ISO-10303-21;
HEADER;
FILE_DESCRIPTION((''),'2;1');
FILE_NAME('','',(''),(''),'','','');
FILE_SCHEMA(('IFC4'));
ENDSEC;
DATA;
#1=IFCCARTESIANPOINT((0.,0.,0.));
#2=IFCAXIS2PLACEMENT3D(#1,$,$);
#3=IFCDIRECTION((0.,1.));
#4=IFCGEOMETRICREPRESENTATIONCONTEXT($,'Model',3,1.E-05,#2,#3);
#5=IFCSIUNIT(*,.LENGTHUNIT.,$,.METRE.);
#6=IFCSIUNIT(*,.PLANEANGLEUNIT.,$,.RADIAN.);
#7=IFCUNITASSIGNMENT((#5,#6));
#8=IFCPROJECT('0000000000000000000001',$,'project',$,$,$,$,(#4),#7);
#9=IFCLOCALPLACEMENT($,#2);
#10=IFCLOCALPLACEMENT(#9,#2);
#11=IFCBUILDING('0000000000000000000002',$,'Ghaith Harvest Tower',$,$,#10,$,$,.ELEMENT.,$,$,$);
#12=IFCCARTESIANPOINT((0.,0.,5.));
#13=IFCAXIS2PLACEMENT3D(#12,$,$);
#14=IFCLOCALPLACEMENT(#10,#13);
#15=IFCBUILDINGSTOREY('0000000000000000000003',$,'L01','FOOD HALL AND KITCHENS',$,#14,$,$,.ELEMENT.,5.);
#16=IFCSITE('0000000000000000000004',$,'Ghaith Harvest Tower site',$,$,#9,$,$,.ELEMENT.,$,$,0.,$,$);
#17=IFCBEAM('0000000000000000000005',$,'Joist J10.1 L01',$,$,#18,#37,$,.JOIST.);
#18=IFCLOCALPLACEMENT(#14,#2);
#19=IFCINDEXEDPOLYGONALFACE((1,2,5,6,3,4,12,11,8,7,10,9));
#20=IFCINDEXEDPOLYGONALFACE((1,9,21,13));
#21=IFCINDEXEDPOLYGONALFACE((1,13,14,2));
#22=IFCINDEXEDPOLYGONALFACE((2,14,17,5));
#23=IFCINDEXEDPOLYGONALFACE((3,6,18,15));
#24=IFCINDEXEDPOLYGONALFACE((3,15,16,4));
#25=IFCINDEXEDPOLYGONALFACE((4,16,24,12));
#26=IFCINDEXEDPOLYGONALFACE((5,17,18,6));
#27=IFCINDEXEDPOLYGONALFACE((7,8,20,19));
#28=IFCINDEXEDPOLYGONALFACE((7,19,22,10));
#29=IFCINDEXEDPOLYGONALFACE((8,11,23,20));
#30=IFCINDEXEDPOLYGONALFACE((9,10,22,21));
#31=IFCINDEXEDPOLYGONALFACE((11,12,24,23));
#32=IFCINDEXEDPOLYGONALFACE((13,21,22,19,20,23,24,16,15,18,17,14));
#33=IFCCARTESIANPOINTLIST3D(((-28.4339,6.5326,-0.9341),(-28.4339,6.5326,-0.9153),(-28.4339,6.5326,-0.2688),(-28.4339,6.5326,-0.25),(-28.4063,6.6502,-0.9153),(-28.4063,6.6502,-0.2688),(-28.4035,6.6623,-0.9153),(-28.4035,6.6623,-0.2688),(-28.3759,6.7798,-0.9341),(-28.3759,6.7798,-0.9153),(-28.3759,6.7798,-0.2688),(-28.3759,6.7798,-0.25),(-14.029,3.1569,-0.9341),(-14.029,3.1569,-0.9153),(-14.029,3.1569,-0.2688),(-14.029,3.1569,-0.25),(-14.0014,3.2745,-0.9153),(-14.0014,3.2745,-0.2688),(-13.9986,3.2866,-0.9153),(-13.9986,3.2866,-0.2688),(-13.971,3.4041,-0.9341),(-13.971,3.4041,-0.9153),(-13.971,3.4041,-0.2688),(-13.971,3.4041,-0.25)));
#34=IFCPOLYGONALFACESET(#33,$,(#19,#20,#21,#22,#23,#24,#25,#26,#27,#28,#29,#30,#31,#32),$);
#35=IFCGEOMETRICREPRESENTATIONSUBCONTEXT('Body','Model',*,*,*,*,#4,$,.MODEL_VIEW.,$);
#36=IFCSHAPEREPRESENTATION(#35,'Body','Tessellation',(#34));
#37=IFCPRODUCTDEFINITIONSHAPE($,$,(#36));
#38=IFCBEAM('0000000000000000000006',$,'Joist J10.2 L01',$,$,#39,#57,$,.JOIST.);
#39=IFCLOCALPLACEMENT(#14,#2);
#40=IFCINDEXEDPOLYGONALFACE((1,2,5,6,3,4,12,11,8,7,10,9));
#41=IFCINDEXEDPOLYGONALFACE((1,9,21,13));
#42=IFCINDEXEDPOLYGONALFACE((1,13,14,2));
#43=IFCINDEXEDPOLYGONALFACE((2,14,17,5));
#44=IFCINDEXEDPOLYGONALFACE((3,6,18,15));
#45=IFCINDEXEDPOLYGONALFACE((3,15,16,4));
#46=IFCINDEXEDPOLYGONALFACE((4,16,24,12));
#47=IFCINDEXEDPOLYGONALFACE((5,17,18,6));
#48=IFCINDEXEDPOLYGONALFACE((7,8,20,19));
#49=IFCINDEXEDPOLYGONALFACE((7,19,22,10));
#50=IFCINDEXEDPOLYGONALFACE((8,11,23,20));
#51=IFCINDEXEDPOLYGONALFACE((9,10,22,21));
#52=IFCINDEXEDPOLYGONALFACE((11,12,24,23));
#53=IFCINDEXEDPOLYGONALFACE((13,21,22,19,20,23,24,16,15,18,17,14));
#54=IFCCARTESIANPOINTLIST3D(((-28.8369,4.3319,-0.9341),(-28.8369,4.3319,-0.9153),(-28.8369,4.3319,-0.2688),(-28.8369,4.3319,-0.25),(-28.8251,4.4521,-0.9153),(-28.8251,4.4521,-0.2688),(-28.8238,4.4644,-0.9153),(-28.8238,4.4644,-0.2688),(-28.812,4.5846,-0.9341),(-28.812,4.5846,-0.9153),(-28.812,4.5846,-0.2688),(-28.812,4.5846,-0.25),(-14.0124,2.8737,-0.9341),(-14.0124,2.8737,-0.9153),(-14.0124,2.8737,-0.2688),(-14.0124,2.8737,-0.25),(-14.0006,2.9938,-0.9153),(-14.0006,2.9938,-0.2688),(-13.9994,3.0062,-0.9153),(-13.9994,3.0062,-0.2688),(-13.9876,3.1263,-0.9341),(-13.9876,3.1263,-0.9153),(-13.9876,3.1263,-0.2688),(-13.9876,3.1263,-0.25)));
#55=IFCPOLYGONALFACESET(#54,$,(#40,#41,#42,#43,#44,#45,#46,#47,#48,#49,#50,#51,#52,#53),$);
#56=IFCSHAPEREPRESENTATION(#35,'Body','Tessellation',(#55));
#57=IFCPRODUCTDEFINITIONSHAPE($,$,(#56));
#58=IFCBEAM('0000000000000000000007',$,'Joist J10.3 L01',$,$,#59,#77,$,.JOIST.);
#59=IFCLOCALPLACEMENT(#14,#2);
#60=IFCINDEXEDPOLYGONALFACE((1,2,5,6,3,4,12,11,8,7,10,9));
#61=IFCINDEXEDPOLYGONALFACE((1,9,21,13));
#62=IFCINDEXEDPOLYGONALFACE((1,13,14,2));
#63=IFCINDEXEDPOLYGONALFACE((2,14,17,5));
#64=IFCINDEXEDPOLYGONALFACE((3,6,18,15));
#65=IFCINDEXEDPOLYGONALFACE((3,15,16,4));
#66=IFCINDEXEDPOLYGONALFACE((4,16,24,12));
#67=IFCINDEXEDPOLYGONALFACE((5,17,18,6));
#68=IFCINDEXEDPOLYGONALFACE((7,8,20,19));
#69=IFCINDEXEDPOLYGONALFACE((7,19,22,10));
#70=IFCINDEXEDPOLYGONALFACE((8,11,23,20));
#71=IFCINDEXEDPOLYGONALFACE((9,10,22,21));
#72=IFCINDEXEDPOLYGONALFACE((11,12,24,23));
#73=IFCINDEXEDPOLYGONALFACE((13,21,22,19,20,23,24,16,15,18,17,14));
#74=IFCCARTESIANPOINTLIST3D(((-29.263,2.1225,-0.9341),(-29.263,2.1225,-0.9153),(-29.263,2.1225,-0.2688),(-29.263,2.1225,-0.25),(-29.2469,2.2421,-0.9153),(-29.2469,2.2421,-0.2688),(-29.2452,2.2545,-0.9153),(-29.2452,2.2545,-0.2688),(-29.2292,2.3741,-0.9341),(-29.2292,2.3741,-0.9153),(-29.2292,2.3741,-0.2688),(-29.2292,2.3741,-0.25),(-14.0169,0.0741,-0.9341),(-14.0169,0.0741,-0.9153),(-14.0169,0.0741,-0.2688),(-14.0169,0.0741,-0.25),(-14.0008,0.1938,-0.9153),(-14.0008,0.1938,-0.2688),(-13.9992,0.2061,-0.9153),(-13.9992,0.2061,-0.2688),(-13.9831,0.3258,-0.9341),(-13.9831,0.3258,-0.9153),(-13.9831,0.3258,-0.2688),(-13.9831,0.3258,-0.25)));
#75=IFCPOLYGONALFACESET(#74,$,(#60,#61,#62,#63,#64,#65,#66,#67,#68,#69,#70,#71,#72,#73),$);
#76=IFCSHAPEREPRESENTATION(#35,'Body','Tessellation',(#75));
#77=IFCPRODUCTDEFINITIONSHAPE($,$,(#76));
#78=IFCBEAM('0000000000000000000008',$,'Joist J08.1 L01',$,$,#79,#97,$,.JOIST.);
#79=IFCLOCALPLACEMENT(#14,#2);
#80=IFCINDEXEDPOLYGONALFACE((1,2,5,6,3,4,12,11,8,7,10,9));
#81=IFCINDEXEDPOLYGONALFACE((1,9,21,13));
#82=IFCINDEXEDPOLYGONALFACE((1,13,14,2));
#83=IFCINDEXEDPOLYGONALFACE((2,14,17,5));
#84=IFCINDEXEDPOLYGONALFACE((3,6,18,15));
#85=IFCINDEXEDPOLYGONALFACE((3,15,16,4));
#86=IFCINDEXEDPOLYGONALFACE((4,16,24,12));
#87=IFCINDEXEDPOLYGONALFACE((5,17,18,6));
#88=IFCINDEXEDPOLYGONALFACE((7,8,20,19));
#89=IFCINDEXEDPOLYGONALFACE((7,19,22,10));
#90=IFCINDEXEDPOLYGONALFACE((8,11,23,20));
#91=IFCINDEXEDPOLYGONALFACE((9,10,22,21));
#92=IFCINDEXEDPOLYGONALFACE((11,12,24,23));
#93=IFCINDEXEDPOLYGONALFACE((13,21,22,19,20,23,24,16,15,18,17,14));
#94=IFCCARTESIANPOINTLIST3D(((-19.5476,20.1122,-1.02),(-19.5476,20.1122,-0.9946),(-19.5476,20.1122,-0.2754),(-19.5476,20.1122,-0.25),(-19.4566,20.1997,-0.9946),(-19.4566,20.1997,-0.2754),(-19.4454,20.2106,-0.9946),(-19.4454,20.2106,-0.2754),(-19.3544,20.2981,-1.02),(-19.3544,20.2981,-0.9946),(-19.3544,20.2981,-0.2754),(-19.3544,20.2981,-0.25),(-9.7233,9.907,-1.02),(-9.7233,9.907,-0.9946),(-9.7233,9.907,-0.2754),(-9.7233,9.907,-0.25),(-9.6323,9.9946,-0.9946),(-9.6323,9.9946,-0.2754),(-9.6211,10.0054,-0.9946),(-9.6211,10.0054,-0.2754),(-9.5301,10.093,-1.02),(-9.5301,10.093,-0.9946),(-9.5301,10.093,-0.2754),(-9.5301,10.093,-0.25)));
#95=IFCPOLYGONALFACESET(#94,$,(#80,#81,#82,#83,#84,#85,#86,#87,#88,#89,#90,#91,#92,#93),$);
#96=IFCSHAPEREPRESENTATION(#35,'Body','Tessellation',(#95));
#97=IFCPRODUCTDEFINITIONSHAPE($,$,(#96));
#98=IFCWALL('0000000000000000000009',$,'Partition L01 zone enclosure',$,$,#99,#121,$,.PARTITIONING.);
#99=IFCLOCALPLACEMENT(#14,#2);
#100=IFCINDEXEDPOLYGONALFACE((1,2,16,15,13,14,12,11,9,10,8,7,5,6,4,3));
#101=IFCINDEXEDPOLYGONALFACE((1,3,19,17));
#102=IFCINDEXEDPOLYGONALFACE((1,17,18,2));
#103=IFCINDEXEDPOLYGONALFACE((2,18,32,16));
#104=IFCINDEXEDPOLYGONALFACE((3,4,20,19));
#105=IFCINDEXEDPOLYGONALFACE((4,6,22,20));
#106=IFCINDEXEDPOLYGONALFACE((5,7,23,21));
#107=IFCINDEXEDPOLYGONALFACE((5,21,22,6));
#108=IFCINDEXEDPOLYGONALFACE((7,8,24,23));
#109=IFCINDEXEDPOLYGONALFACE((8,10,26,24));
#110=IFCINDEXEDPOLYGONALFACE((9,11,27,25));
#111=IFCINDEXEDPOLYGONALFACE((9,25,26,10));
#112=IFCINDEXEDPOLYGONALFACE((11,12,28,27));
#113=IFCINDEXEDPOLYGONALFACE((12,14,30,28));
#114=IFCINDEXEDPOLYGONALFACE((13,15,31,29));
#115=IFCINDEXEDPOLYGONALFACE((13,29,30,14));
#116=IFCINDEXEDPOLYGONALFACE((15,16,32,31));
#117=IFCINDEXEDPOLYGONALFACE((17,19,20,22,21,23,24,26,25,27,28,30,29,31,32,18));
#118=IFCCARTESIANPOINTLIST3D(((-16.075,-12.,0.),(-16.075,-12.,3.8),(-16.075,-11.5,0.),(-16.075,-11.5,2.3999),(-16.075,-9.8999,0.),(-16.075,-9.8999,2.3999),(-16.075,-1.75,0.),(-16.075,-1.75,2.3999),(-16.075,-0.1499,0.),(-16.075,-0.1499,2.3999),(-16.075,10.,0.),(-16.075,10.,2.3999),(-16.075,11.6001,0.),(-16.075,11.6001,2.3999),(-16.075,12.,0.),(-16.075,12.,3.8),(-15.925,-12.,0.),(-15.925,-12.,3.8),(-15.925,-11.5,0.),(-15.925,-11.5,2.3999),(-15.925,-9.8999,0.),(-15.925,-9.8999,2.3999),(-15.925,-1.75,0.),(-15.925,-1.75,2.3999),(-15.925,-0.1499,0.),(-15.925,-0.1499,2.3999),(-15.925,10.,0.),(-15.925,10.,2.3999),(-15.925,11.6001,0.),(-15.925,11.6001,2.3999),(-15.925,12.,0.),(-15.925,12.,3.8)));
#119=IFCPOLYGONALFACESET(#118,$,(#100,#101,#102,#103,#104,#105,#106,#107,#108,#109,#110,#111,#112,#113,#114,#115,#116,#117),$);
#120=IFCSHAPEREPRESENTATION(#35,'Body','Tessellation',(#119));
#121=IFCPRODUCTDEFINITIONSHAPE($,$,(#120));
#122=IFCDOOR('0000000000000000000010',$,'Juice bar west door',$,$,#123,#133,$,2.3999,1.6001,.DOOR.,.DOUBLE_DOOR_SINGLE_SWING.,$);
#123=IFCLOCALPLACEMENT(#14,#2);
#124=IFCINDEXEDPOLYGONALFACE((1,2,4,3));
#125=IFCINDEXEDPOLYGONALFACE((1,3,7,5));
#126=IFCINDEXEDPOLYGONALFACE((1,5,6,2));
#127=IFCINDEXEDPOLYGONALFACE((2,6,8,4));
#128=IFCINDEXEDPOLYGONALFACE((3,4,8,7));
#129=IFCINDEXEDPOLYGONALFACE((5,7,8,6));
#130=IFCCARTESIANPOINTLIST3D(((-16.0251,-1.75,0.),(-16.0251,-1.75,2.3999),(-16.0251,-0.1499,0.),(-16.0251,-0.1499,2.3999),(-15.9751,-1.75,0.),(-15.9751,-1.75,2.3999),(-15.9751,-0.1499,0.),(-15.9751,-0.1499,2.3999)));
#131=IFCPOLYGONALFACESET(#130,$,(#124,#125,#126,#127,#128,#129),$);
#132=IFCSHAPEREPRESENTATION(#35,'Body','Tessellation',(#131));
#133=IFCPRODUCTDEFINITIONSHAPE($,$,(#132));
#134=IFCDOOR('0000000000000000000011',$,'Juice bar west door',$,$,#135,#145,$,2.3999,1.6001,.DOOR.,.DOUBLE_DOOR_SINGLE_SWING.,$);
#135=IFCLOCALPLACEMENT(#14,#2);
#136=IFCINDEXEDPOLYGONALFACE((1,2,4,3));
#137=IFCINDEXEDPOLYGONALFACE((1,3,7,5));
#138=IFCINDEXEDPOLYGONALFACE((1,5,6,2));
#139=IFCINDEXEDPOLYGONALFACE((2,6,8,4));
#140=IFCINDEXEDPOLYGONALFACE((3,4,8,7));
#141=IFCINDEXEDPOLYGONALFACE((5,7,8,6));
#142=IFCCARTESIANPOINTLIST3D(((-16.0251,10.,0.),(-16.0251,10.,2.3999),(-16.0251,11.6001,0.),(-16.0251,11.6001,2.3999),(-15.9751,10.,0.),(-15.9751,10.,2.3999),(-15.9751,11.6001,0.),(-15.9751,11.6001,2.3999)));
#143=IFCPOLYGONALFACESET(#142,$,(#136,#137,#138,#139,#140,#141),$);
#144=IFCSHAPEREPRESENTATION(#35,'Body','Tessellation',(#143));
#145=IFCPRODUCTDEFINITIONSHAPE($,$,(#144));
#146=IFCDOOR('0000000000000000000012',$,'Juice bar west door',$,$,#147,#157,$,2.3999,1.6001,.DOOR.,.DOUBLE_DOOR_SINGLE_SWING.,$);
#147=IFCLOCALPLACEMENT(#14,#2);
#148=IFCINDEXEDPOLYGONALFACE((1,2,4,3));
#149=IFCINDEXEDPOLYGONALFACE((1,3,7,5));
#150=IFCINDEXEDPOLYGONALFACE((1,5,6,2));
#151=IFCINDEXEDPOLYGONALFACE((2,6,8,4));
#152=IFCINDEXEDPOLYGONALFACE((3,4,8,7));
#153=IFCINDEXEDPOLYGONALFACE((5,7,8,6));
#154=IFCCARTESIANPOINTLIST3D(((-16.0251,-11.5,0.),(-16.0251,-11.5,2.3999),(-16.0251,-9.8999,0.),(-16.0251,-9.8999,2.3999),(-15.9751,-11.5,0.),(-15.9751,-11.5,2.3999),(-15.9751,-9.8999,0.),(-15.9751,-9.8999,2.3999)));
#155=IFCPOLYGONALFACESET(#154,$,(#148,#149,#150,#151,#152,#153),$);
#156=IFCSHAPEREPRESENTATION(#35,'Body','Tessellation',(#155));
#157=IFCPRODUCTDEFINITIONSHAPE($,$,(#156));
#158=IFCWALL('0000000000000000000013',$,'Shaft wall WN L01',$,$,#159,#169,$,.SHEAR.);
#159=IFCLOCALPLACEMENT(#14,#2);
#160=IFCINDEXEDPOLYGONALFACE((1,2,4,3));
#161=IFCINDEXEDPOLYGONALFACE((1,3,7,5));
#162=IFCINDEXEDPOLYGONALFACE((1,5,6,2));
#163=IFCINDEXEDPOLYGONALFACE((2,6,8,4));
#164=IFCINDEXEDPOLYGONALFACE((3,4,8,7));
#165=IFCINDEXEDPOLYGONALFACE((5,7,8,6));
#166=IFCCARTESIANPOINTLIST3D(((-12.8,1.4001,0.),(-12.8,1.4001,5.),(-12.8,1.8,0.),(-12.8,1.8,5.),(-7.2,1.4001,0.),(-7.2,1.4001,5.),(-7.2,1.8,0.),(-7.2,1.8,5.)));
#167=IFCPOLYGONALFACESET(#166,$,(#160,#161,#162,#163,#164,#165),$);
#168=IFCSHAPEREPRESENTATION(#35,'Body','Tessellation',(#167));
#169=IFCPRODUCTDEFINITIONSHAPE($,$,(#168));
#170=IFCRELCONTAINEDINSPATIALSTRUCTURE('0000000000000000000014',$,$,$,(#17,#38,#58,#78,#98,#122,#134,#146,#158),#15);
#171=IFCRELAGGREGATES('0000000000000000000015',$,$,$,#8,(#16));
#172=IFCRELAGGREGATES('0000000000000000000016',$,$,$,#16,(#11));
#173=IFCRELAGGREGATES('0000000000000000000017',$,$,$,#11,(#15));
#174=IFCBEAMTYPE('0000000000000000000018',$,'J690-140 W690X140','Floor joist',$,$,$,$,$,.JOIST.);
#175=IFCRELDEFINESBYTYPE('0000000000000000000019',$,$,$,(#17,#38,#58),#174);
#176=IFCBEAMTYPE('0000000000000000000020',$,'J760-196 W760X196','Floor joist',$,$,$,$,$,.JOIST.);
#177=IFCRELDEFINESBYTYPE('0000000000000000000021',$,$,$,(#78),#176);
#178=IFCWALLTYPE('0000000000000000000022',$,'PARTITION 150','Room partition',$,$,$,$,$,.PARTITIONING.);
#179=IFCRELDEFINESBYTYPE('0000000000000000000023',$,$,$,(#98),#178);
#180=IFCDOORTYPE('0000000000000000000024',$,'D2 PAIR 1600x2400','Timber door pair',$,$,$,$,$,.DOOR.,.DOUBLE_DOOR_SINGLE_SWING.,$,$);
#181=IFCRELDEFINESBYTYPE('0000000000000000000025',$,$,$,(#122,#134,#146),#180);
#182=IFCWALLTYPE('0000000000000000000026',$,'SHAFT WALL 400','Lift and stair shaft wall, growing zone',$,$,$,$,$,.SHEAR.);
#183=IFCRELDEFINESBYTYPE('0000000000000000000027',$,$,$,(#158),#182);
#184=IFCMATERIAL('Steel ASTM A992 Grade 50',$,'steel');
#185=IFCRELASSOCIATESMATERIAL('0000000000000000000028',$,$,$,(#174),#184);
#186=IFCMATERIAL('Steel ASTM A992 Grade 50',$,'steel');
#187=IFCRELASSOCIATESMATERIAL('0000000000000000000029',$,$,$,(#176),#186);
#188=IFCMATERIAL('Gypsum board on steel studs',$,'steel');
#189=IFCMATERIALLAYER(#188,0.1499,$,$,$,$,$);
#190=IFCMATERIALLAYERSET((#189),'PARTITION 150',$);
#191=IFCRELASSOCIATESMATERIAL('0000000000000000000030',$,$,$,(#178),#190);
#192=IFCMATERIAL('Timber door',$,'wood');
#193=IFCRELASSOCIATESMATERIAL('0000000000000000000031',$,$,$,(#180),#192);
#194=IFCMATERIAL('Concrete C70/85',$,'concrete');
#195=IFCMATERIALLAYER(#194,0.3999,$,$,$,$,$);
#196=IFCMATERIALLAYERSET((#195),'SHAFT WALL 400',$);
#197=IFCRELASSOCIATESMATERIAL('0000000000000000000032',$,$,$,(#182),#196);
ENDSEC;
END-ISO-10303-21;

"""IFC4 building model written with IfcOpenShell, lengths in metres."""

from ifc_helpers import new_model, si_unit, direction, frame, frame_2d, origin, origin_2d, place, context, subcontext, project, spatial, rectangle, i_section, extrude, material, layer, layer_set, material_profile, profile_set, type_object, element, fill, save


model = new_model("IFC4")

# Units and contexts
model_context = context("Model", 3, precision=1e-05, world=origin(), true_north=direction((0.0, 1.0)))
body_context = subcontext(model_context, "Body", "Model", "MODEL_VIEW")
ifc_project = project(units=[si_unit("LENGTHUNIT", "METRE"), si_unit("PLANEANGLEUNIT", "RADIAN")], contexts=[model_context])

# Site, building, storey
site_placement = place(None, origin())
site = spatial("IfcSite", under=ifc_project, at=site_placement, Name="Ghaith Harvest Tower site", CompositionType="ELEMENT", RefElevation=0.0)
building_placement = place(site_placement, origin())
building = spatial("IfcBuilding", under=site, at=building_placement, Name="Ghaith Harvest Tower", CompositionType="ELEMENT")
storey_placement = place(building_placement, frame((0.0, 0.0, 5.0)))
storey = spatial("IfcBuildingStorey", under=building, at=storey_placement, Name="L01", Description="FOOD HALL AND KITCHENS", CompositionType="ELEMENT", Elevation=5.0)

# Beams
ifc_material_1 = material(Name="Steel ASTM A992 Grade 50", Category="steel")
ifc_material_profile_1 = material_profile(ifc_material_1, i_section(OverallWidth=0.2539, OverallDepth=0.6841, WebThickness=0.0125, FlangeThickness=0.0188, at=origin_2d()), Name="W690X140")
ifc_profile_set_1 = profile_set([ifc_material_profile_1], Name="Steel ASTM A992 Grade 50")
beam_type_1 = type_object("IfcBeamType", Name="J690-140 W690X140", Description="Floor joist", PredefinedType="JOIST", material=ifc_profile_set_1)
beam_1_placement = place(storey_placement, frame((-14.0, 3.2805, -0.592), z_axis=(-0.973623, 0.228163, 0.0), x_axis=(-0.228163, -0.973623, 0.0)))
element("IfcBeam", 1, at=beam_1_placement, inside=storey, type_object=beam_type_1, Name="Joist J10.1 L01", PredefinedType="JOIST", context=body_context, shape_type="SweptSolid", body=[
    extrude(i_section(OverallWidth=0.2539, OverallDepth=0.6841, WebThickness=0.0125, FlangeThickness=0.0188, at=origin_2d()), origin(), (0.0, 0.0, 1.0), 14.7952),
])
beam_2_placement = place(storey_placement, frame((-14.0, 3.0, -0.592), z_axis=(-0.995197, 0.097895, 0.0), x_axis=(-0.097895, -0.995197, 0.0)))
element("IfcBeam", 2, at=beam_2_placement, inside=storey, type_object=beam_type_1, Name="Joist J10.2 L01", PredefinedType="JOIST", context=body_context, shape_type="SweptSolid", body=[
    extrude(i_section(OverallWidth=0.2539, OverallDepth=0.6841, WebThickness=0.0125, FlangeThickness=0.0188, at=origin_2d()), origin(), (0.0, 0.0, 1.0), 14.896),
])
beam_3_placement = place(storey_placement, frame((-14.0, 0.2, -0.592), z_axis=(-0.991095, 0.133155, 0.0), x_axis=(-0.133155, -0.991095, 0.0)))
element("IfcBeam", 3, at=beam_3_placement, inside=storey, type_object=beam_type_1, Name="Joist J10.3 L01", PredefinedType="JOIST", context=body_context, shape_type="SweptSolid", body=[
    extrude(i_section(OverallWidth=0.2539, OverallDepth=0.6841, WebThickness=0.0125, FlangeThickness=0.0188, at=origin_2d()), origin(), (0.0, 0.0, 1.0), 15.3831),
])
ifc_material_2 = material(Name="Steel ASTM A992 Grade 50", Category="steel")
ifc_material_profile_2 = material_profile(ifc_material_2, i_section(OverallWidth=0.2681, OverallDepth=0.77, WebThickness=0.0156, FlangeThickness=0.0254, at=origin_2d()), Name="W760X196")
ifc_profile_set_2 = profile_set([ifc_material_profile_2], Name="Steel ASTM A992 Grade 50")
beam_type_2 = type_object("IfcBeamType", Name="J760-196 W760X196", Description="Floor joist", PredefinedType="JOIST", material=ifc_profile_set_2)
beam_4_placement = place(storey_placement, frame((-9.6267, 10.0, -0.635), z_axis=(-0.693536, 0.720422, 0.0), x_axis=(-0.720422, -0.693536, 0.0)))
element("IfcBeam", 4, at=beam_4_placement, inside=storey, type_object=beam_type_2, Name="Joist J08.1 L01", PredefinedType="JOIST", context=body_context, shape_type="SweptSolid", body=[
    extrude(i_section(OverallWidth=0.2681, OverallDepth=0.77, WebThickness=0.0156, FlangeThickness=0.0254, at=origin_2d()), origin(), (0.0, 0.0, 1.0), 14.1655),
])

# Wall, openings, doors
ifc_material_3 = material(Name="Gypsum board on steel studs", Category="steel")
ifc_layer_1 = layer(ifc_material_3, 0.1499)
ifc_layer_set_1 = layer_set([ifc_layer_1], Name="PARTITION 150")
wall_type_1 = type_object("IfcWallType", Name="PARTITION 150", Description="Room partition", PredefinedType="PARTITIONING", material=ifc_layer_set_1)
wall_1_placement = place(storey_placement, frame((-16.0, 12.0, 0.0), z_axis=(0.0, 0.0, 1.0), x_axis=(0.0, -1.0, 0.0)))
wall_1 = element("IfcWall", 5, at=wall_1_placement, inside=storey, type_object=wall_type_1, Name="Partition L01 zone enclosure", PredefinedType="PARTITIONING", context=body_context, shape_type="SweptSolid", body=[
    extrude(rectangle(XDim=24.0, YDim=0.1499, at=frame_2d((12.0, 0.0))), origin(), (0.0, 0.0, 1.0), 3.8),
])
opening_1_placement = place(wall_1_placement, frame((12.1499, 0.0, 0.0)))
opening_1 = element("IfcOpeningElement", 6, at=opening_1_placement, cuts=wall_1, PredefinedType="OPENING", context=body_context, shape_type="SweptSolid", body=[
    extrude(rectangle(XDim=1.6001, YDim=2.3999, at=frame_2d((0.8, 1.2))), frame((0.0, 0.085, 0.0), z_axis=(0.0, -1.0, 0.0), x_axis=(1.0, 0.0, 0.0)), (0.0, 0.0, 1.0), 0.1699),
])
opening_2_placement = place(wall_1_placement, frame((0.3999, 0.0, 0.0)))
opening_2 = element("IfcOpeningElement", 7, at=opening_2_placement, cuts=wall_1, PredefinedType="OPENING", context=body_context, shape_type="SweptSolid", body=[
    extrude(rectangle(XDim=1.6001, YDim=2.3999, at=frame_2d((0.8, 1.2))), frame((0.0, 0.085, 0.0), z_axis=(0.0, -1.0, 0.0), x_axis=(1.0, 0.0, 0.0)), (0.0, 0.0, 1.0), 0.1699),
])
opening_3_placement = place(wall_1_placement, frame((21.8999, 0.0, 0.0)))
opening_3 = element("IfcOpeningElement", 8, at=opening_3_placement, cuts=wall_1, PredefinedType="OPENING", context=body_context, shape_type="SweptSolid", body=[
    extrude(rectangle(XDim=1.6001, YDim=2.3999, at=frame_2d((0.8, 1.2))), frame((0.0, 0.085, 0.0), z_axis=(0.0, -1.0, 0.0), x_axis=(1.0, 0.0, 0.0)), (0.0, 0.0, 1.0), 0.1699),
])
ifc_material_4 = material(Name="Timber door", Category="wood")
door_type_1 = type_object("IfcDoorType", Name="D2 PAIR 1600x2400", Description="Timber door pair", OperationType="DOUBLE_DOOR_SINGLE_SWING", PredefinedType="DOOR", material=ifc_material_4)
door_1_placement = place(opening_1_placement, origin())
door_1 = element("IfcDoor", 9, at=door_1_placement, inside=storey, type_object=door_type_1, Name="Juice bar west door", OperationType="DOUBLE_DOOR_SINGLE_SWING", OverallHeight=2.3999, OverallWidth=1.6001, PredefinedType="DOOR", context=body_context, shape_type="SweptSolid", body=[
    extrude(rectangle(XDim=1.6001, YDim=2.3999, at=frame_2d((0.8, 1.2))), frame((0.0, 0.0249, 0.0), z_axis=(0.0, -1.0, 0.0), x_axis=(1.0, 0.0, 0.0)), (0.0, 0.0, 1.0), 0.05),
])
fill(opening_1, door_1)
door_2_placement = place(opening_2_placement, origin())
door_2 = element("IfcDoor", 10, at=door_2_placement, inside=storey, type_object=door_type_1, Name="Juice bar west door", OperationType="DOUBLE_DOOR_SINGLE_SWING", OverallHeight=2.3999, OverallWidth=1.6001, PredefinedType="DOOR", context=body_context, shape_type="SweptSolid", body=[
    extrude(rectangle(XDim=1.6001, YDim=2.3999, at=frame_2d((0.8, 1.2))), frame((0.0, 0.0249, 0.0), z_axis=(0.0, -1.0, 0.0), x_axis=(1.0, 0.0, 0.0)), (0.0, 0.0, 1.0), 0.05),
])
fill(opening_2, door_2)
door_3_placement = place(opening_3_placement, origin())
door_3 = element("IfcDoor", 11, at=door_3_placement, inside=storey, type_object=door_type_1, Name="Juice bar west door", OperationType="DOUBLE_DOOR_SINGLE_SWING", OverallHeight=2.3999, OverallWidth=1.6001, PredefinedType="DOOR", context=body_context, shape_type="SweptSolid", body=[
    extrude(rectangle(XDim=1.6001, YDim=2.3999, at=frame_2d((0.8, 1.2))), frame((0.0, 0.0249, 0.0), z_axis=(0.0, -1.0, 0.0), x_axis=(1.0, 0.0, 0.0)), (0.0, 0.0, 1.0), 0.05),
])
fill(opening_3, door_3)

# Wall
ifc_material_5 = material(Name="Concrete C70/85", Category="concrete")
ifc_layer_2 = layer(ifc_material_5, 0.3999)
ifc_layer_set_2 = layer_set([ifc_layer_2], Name="SHAFT WALL 400")
wall_type_2 = type_object("IfcWallType", Name="SHAFT WALL 400", Description="Lift and stair shaft wall, growing zone", PredefinedType="SHEAR", material=ifc_layer_set_2)
wall_2_placement = place(storey_placement, frame((-12.8, 1.6001, 0.0), z_axis=(0.0, 0.0, 1.0), x_axis=(1.0, 0.0, 0.0)))
element("IfcWall", 12, at=wall_2_placement, inside=storey, type_object=wall_type_2, Name="Shaft wall WN L01", PredefinedType="SHEAR", context=body_context, shape_type="SweptSolid", body=[
    extrude(rectangle(XDim=5.6001, YDim=0.3999, at=frame_2d((2.8, 0.0))), origin(), (0.0, 0.0, 1.0), 5.0),
])

save(model, "model.ifc")
